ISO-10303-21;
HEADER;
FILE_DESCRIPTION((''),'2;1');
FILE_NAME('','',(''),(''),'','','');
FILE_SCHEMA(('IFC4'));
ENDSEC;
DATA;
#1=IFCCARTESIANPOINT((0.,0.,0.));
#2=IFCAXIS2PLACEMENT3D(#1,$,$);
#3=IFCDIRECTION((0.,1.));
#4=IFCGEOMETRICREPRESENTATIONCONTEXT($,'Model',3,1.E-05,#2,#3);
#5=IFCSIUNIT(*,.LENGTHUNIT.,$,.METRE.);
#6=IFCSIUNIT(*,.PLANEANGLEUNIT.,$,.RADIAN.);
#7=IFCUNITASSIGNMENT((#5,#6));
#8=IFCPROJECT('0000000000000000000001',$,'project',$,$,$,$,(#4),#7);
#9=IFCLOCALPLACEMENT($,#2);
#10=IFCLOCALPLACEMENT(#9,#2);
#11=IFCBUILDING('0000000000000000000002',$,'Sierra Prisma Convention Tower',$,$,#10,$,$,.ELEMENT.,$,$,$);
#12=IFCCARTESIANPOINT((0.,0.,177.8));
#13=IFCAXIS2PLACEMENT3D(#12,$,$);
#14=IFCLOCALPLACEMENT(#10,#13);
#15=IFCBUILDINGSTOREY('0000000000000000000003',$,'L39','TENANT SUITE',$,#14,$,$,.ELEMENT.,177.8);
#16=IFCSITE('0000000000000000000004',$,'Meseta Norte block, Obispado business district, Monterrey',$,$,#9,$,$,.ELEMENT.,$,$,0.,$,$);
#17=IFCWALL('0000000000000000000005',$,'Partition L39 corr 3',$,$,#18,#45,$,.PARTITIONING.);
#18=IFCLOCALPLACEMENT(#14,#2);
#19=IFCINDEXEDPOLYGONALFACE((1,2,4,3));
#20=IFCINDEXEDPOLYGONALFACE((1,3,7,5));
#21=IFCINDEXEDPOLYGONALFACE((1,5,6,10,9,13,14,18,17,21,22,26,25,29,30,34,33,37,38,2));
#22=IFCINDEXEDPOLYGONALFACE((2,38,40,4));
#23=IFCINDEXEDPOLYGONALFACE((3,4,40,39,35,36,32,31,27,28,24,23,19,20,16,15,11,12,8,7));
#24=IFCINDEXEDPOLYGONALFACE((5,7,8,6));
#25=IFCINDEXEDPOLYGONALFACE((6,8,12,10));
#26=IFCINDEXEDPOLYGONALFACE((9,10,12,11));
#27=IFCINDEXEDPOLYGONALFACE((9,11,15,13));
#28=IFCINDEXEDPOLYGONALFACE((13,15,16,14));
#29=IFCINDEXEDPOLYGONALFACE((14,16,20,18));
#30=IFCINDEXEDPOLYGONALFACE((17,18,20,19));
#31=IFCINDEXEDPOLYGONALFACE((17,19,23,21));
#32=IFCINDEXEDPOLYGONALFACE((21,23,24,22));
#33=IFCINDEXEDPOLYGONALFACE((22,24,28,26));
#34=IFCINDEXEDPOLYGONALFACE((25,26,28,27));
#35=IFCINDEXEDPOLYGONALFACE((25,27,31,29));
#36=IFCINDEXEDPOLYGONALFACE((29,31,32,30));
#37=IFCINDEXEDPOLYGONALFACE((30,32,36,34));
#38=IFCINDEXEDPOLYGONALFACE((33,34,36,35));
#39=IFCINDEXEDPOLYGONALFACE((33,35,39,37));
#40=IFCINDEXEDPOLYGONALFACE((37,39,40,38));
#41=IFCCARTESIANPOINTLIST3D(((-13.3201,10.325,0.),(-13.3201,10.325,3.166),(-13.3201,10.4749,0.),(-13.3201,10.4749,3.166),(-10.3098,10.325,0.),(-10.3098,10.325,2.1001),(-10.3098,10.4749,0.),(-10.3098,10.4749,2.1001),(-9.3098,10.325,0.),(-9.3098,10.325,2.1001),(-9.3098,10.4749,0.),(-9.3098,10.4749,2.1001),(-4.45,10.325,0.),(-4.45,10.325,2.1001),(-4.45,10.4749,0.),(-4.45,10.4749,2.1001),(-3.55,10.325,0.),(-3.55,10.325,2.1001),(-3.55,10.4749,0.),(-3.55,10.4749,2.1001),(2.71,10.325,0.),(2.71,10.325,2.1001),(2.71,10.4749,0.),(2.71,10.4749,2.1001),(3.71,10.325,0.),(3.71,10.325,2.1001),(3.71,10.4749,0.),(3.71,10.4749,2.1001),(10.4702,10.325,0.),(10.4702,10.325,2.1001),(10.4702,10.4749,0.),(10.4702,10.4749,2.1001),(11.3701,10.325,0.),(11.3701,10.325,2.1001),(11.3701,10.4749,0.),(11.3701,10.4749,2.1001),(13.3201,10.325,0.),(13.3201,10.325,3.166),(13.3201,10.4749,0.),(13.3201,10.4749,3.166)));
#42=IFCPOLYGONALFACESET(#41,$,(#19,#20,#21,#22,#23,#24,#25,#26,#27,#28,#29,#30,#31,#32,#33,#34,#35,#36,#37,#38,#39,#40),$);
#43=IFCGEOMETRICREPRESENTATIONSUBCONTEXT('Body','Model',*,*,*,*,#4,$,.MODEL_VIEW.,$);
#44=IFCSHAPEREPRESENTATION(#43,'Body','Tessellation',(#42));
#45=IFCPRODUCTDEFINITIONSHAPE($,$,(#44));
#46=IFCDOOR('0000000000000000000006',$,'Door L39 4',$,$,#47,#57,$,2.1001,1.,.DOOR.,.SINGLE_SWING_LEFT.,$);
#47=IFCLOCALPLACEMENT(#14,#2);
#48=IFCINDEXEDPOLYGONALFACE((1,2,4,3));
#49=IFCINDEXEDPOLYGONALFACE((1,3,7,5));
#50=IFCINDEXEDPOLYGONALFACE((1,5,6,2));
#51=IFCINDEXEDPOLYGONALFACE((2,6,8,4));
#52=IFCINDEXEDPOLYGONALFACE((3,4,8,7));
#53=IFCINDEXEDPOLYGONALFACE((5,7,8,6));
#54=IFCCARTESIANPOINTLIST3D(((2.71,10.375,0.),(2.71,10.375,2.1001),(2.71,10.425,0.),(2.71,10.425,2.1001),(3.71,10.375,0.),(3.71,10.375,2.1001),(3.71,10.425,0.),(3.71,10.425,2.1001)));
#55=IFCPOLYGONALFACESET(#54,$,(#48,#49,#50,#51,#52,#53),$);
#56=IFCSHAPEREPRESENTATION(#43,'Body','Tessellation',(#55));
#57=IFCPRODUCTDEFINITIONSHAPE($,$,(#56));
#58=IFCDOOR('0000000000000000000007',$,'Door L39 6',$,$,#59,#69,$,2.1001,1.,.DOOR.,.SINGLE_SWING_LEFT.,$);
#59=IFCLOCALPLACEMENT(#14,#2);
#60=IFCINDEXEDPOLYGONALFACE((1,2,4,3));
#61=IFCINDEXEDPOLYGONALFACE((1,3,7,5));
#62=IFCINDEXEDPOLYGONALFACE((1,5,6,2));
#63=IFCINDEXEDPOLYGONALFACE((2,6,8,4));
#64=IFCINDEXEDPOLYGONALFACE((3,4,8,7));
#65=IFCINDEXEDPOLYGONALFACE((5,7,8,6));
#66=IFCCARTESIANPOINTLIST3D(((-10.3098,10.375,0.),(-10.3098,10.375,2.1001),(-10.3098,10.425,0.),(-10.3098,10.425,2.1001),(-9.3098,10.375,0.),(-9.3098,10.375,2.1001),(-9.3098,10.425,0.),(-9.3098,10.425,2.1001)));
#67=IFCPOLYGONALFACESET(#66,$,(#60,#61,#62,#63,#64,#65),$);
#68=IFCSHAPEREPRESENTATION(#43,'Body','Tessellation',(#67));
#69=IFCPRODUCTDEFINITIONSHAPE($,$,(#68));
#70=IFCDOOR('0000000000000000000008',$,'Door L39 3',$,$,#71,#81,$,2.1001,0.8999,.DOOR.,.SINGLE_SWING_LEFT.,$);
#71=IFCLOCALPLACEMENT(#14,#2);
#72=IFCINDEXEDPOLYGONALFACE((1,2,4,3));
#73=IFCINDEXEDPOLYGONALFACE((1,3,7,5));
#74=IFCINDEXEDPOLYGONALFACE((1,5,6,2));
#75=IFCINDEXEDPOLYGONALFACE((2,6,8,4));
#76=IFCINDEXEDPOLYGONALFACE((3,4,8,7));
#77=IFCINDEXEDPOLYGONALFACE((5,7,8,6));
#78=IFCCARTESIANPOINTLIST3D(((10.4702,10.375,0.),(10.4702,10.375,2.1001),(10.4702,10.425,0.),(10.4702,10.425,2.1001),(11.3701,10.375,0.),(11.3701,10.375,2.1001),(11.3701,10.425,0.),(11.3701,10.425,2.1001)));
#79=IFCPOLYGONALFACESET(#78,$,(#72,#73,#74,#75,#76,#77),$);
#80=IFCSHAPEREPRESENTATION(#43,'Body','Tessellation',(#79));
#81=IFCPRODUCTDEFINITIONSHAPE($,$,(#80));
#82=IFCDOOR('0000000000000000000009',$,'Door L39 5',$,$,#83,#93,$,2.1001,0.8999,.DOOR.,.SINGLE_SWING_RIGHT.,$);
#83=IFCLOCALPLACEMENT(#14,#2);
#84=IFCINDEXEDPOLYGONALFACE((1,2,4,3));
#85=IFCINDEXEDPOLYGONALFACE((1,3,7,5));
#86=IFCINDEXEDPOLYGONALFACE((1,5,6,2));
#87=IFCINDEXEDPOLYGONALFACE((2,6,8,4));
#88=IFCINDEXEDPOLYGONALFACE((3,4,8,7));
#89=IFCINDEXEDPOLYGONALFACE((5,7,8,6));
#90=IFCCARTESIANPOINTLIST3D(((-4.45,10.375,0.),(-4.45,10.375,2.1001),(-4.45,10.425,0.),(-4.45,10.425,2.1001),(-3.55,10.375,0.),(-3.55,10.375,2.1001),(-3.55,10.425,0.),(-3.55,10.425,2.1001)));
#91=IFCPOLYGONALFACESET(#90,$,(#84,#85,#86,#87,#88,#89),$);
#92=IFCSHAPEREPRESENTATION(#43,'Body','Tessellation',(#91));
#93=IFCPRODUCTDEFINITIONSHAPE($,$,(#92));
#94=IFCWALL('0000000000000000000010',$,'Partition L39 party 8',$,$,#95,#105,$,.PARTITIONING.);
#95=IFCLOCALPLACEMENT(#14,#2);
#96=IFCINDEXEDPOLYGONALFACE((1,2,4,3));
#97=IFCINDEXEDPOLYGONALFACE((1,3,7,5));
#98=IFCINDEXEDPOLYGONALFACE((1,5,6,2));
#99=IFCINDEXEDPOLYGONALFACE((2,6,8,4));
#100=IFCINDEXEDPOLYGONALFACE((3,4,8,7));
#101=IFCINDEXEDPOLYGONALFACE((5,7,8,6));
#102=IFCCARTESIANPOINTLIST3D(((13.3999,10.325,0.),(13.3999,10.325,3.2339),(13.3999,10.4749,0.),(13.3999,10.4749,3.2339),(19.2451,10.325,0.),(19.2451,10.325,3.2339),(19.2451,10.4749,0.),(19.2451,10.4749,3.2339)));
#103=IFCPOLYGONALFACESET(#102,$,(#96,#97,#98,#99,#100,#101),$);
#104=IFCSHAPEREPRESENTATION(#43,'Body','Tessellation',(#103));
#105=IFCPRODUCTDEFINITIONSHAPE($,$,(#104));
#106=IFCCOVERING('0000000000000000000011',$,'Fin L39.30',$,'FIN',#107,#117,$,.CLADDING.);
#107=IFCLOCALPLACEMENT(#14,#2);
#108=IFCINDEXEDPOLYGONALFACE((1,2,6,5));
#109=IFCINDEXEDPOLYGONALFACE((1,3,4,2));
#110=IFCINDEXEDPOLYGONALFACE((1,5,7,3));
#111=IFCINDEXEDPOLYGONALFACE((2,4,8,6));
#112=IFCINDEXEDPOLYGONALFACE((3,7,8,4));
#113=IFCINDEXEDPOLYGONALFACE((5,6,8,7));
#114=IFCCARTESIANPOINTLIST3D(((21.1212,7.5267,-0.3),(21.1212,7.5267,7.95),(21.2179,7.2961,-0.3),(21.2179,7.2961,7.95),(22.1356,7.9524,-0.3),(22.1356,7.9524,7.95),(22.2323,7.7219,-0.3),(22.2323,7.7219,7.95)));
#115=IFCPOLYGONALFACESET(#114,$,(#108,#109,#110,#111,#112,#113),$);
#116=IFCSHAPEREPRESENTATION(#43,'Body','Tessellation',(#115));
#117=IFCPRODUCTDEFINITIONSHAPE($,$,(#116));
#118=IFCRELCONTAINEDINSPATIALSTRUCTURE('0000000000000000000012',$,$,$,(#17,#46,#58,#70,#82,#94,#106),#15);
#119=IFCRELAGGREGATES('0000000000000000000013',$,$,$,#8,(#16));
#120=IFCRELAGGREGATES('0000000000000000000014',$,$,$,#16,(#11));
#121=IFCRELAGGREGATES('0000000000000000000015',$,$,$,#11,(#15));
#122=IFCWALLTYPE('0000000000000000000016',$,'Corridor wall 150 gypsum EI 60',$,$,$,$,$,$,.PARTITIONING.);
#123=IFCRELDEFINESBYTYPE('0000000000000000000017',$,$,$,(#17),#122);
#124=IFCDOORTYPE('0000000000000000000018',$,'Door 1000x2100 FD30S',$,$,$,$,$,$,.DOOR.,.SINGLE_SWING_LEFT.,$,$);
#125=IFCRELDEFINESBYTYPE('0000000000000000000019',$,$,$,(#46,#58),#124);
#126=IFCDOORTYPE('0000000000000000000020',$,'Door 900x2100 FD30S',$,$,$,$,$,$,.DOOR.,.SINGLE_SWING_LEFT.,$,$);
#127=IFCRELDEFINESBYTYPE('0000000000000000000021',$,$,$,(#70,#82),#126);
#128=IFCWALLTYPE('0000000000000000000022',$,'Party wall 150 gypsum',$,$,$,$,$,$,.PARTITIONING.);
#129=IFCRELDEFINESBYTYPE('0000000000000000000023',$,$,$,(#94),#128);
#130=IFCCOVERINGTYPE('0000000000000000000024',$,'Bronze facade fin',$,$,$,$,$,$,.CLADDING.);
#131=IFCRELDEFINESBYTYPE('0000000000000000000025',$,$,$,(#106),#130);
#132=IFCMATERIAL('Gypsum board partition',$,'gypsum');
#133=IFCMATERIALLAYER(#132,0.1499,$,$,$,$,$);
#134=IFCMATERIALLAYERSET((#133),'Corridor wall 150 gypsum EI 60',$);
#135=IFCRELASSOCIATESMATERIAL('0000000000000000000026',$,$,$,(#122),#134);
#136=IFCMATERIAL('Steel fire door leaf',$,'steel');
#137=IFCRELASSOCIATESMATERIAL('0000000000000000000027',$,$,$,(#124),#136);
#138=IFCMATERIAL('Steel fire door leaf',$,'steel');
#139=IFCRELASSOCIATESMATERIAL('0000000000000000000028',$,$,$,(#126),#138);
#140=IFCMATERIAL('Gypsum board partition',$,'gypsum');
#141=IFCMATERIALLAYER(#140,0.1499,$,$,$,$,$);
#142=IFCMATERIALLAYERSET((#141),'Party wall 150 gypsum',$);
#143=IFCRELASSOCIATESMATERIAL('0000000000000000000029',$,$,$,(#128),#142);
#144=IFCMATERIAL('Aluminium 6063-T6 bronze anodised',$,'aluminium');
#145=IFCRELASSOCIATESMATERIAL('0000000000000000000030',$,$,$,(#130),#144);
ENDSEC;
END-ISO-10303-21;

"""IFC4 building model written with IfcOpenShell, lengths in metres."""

from ifc_helpers import new_model, si_unit, direction, frame, frame_2d, origin, origin_2d, place, context, subcontext, project, spatial, rectangle, extrude, material, layer, layer_set, material_profile, profile_set, type_object, element, fill, save


model = new_model("IFC4")

# Units and contexts
model_context = context("Model", 3, precision=1e-05, world=origin(), true_north=direction((0.0, 1.0)))
body_context = subcontext(model_context, "Body", "Model", "MODEL_VIEW")
ifc_project = project(units=[si_unit("LENGTHUNIT", "METRE"), si_unit("PLANEANGLEUNIT", "RADIAN")], contexts=[model_context])

# Site, building, storey
site_placement = place(None, origin())
site = spatial("IfcSite", under=ifc_project, at=site_placement, Name="Meseta Norte block, Obispado business district, Monterrey", CompositionType="ELEMENT", RefElevation=0.0)
building_placement = place(site_placement, origin())
building = spatial("IfcBuilding", under=site, at=building_placement, Name="Sierra Prisma Convention Tower", CompositionType="ELEMENT")
storey_placement = place(building_placement, frame((0.0, 0.0, 177.8)))
storey = spatial("IfcBuildingStorey", under=building, at=storey_placement, Name="L39", Description="TENANT SUITE", CompositionType="ELEMENT", Elevation=177.8)

# Wall, openings, doors
ifc_material_1 = material(Name="Gypsum board partition", Category="gypsum")
ifc_layer_1 = layer(ifc_material_1, 0.1499)
ifc_layer_set_1 = layer_set([ifc_layer_1], Name="Corridor wall 150 gypsum EI 60")
wall_type_1 = type_object("IfcWallType", Name="Corridor wall 150 gypsum EI 60", PredefinedType="PARTITIONING", material=ifc_layer_set_1)
wall_1_placement = place(storey_placement, frame((13.3201, 10.3999, 0.0), z_axis=(0.0, 0.0, 1.0), x_axis=(-1.0, 0.0, 0.0)))
wall_1 = element("IfcWall", 1, at=wall_1_placement, inside=storey, type_object=wall_type_1, Name="Partition L39 corr 3", PredefinedType="PARTITIONING", context=body_context, shape_type="SweptSolid", body=[
    extrude(rectangle(XDim=26.6401, YDim=0.1499, at=frame_2d((13.3201, 0.0))), origin(), (0.0, 0.0, 1.0), 3.166),
])
opening_1_placement = place(wall_1_placement, frame((1.95, 0.0, 0.0)))
opening_1 = element("IfcOpeningElement", 2, at=opening_1_placement, cuts=wall_1, PredefinedType="OPENING", context=body_context, shape_type="SweptSolid", body=[
    extrude(rectangle(XDim=0.8999, YDim=2.1001, at=frame_2d((0.45, 1.05))), frame((0.0, 0.075, 0.0), z_axis=(0.0, -1.0, 0.0), x_axis=(1.0, 0.0, 0.0)), (0.0, 0.0, 1.0), 0.1499),
])
opening_2_placement = place(wall_1_placement, frame((9.6101, 0.0, 0.0)))
opening_2 = element("IfcOpeningElement", 3, at=opening_2_placement, cuts=wall_1, PredefinedType="OPENING", context=body_context, shape_type="SweptSolid", body=[
    extrude(rectangle(XDim=1.0, YDim=2.1001, at=frame_2d((0.5, 1.05))), frame((0.0, 0.075, 0.0), z_axis=(0.0, -1.0, 0.0), x_axis=(1.0, 0.0, 0.0)), (0.0, 0.0, 1.0), 0.1499),
])
opening_3_placement = place(wall_1_placement, frame((16.8701, 0.0, 0.0)))
opening_3 = element("IfcOpeningElement", 4, at=opening_3_placement, cuts=wall_1, PredefinedType="OPENING", context=body_context, shape_type="SweptSolid", body=[
    extrude(rectangle(XDim=0.8999, YDim=2.1001, at=frame_2d((0.45, 1.05))), frame((0.0, 0.075, 0.0), z_axis=(0.0, -1.0, 0.0), x_axis=(1.0, 0.0, 0.0)), (0.0, 0.0, 1.0), 0.1499),
])
opening_4_placement = place(wall_1_placement, frame((22.6299, 0.0, 0.0)))
opening_4 = element("IfcOpeningElement", 5, at=opening_4_placement, cuts=wall_1, PredefinedType="OPENING", context=body_context, shape_type="SweptSolid", body=[
    extrude(rectangle(XDim=1.0, YDim=2.1001, at=frame_2d((0.5, 1.05))), frame((0.0, 0.075, 0.0), z_axis=(0.0, -1.0, 0.0), x_axis=(1.0, 0.0, 0.0)), (0.0, 0.0, 1.0), 0.1499),
])
ifc_material_2 = material(Name="Steel fire door leaf", Category="steel")
door_type_1 = type_object("IfcDoorType", Name="Door 1000x2100 FD30S", OperationType="SINGLE_SWING_LEFT", PredefinedType="DOOR", material=ifc_material_2)
door_1_placement = place(opening_2_placement, origin())
door_1 = element("IfcDoor", 6, at=door_1_placement, inside=storey, type_object=door_type_1, Name="Door L39 4", OperationType="SINGLE_SWING_LEFT", OverallHeight=2.1001, OverallWidth=1.0, PredefinedType="DOOR", context=body_context, shape_type="SweptSolid", body=[
    extrude(rectangle(XDim=1.0, YDim=2.1001, at=frame_2d((0.5, 1.05))), frame((0.0, 0.0249, 0.0), z_axis=(0.0, -1.0, 0.0), x_axis=(1.0, 0.0, 0.0)), (0.0, 0.0, 1.0), 0.05),
])
fill(opening_2, door_1)
door_2_placement = place(opening_4_placement, origin())
door_2 = element("IfcDoor", 7, at=door_2_placement, inside=storey, type_object=door_type_1, Name="Door L39 6", OperationType="SINGLE_SWING_LEFT", OverallHeight=2.1001, OverallWidth=1.0, PredefinedType="DOOR", context=body_context, shape_type="SweptSolid", body=[
    extrude(rectangle(XDim=1.0, YDim=2.1001, at=frame_2d((0.5, 1.05))), frame((0.0, 0.0249, 0.0), z_axis=(0.0, -1.0, 0.0), x_axis=(1.0, 0.0, 0.0)), (0.0, 0.0, 1.0), 0.05),
])
fill(opening_4, door_2)
ifc_material_3 = material(Name="Steel fire door leaf", Category="steel")
door_type_2 = type_object("IfcDoorType", Name="Door 900x2100 FD30S", OperationType="SINGLE_SWING_LEFT", PredefinedType="DOOR", material=ifc_material_3)
door_3_placement = place(opening_1_placement, origin())
door_3 = element("IfcDoor", 8, at=door_3_placement, inside=storey, type_object=door_type_2, Name="Door L39 3", OperationType="SINGLE_SWING_LEFT", OverallHeight=2.1001, OverallWidth=0.8999, PredefinedType="DOOR", context=body_context, shape_type="SweptSolid", body=[
    extrude(rectangle(XDim=0.8999, YDim=2.1001, at=frame_2d((0.45, 1.05))), frame((0.0, 0.0249, 0.0), z_axis=(0.0, -1.0, 0.0), x_axis=(1.0, 0.0, 0.0)), (0.0, 0.0, 1.0), 0.05),
])
fill(opening_1, door_3)
door_4_placement = place(opening_3_placement, origin())
door_4 = element("IfcDoor", 9, at=door_4_placement, inside=storey, type_object=door_type_2, Name="Door L39 5", OperationType="SINGLE_SWING_RIGHT", OverallHeight=2.1001, OverallWidth=0.8999, PredefinedType="DOOR", context=body_context, shape_type="SweptSolid", body=[
    extrude(rectangle(XDim=0.8999, YDim=2.1001, at=frame_2d((0.45, 1.05))), frame((0.0, 0.0249, 0.0), z_axis=(0.0, -1.0, 0.0), x_axis=(1.0, 0.0, 0.0)), (0.0, 0.0, 1.0), 0.05),
])
fill(opening_3, door_4)

# Wall
ifc_material_4 = material(Name="Gypsum board partition", Category="gypsum")
ifc_layer_2 = layer(ifc_material_4, 0.1499)
ifc_layer_set_2 = layer_set([ifc_layer_2], Name="Party wall 150 gypsum")
wall_type_2 = type_object("IfcWallType", Name="Party wall 150 gypsum", PredefinedType="PARTITIONING", material=ifc_layer_set_2)
wall_2_placement = place(storey_placement, frame((13.3999, 10.3999, 0.0), z_axis=(0.0, 0.0, 1.0), x_axis=(1.0, 0.0, 0.0)))
element("IfcWall", 10, at=wall_2_placement, inside=storey, type_object=wall_type_2, Name="Partition L39 party 8", PredefinedType="PARTITIONING", context=body_context, shape_type="SweptSolid", body=[
    extrude(rectangle(XDim=5.8452, YDim=0.1499, at=frame_2d((2.9226, 0.0))), origin(), (0.0, 0.0, 1.0), 3.2339),
])

# Covering
ifc_material_5 = material(Name="Aluminium 6063-T6 bronze anodised", Category="aluminium")
ifc_material_profile_1 = material_profile(ifc_material_5, rectangle(XDim=1.1001, YDim=0.25, at=origin_2d()), Name="ALU FIN 1100x250")
ifc_profile_set_1 = profile_set([ifc_material_profile_1], Name="Aluminium 6063-T6 bronze anodised")
covering_type = type_object("IfcCoveringType", Name="Bronze facade fin", PredefinedType="CLADDING", material=ifc_profile_set_1)
covering_placement = place(storey_placement, frame((21.6768, 7.6243, -0.3), z_axis=(0.0, 0.0, 1.0), x_axis=(0.922084, 0.386989, 0.0)))
element("IfcCovering", 11, at=covering_placement, inside=storey, type_object=covering_type, Name="Fin L39.30", ObjectType="FIN", PredefinedType="CLADDING", context=body_context, shape_type="SweptSolid", body=[
    extrude(rectangle(XDim=1.1001, YDim=0.25, at=origin_2d()), origin(), (0.0, 0.0, 1.0), 8.25),
])

save(model, "model.ifc")
